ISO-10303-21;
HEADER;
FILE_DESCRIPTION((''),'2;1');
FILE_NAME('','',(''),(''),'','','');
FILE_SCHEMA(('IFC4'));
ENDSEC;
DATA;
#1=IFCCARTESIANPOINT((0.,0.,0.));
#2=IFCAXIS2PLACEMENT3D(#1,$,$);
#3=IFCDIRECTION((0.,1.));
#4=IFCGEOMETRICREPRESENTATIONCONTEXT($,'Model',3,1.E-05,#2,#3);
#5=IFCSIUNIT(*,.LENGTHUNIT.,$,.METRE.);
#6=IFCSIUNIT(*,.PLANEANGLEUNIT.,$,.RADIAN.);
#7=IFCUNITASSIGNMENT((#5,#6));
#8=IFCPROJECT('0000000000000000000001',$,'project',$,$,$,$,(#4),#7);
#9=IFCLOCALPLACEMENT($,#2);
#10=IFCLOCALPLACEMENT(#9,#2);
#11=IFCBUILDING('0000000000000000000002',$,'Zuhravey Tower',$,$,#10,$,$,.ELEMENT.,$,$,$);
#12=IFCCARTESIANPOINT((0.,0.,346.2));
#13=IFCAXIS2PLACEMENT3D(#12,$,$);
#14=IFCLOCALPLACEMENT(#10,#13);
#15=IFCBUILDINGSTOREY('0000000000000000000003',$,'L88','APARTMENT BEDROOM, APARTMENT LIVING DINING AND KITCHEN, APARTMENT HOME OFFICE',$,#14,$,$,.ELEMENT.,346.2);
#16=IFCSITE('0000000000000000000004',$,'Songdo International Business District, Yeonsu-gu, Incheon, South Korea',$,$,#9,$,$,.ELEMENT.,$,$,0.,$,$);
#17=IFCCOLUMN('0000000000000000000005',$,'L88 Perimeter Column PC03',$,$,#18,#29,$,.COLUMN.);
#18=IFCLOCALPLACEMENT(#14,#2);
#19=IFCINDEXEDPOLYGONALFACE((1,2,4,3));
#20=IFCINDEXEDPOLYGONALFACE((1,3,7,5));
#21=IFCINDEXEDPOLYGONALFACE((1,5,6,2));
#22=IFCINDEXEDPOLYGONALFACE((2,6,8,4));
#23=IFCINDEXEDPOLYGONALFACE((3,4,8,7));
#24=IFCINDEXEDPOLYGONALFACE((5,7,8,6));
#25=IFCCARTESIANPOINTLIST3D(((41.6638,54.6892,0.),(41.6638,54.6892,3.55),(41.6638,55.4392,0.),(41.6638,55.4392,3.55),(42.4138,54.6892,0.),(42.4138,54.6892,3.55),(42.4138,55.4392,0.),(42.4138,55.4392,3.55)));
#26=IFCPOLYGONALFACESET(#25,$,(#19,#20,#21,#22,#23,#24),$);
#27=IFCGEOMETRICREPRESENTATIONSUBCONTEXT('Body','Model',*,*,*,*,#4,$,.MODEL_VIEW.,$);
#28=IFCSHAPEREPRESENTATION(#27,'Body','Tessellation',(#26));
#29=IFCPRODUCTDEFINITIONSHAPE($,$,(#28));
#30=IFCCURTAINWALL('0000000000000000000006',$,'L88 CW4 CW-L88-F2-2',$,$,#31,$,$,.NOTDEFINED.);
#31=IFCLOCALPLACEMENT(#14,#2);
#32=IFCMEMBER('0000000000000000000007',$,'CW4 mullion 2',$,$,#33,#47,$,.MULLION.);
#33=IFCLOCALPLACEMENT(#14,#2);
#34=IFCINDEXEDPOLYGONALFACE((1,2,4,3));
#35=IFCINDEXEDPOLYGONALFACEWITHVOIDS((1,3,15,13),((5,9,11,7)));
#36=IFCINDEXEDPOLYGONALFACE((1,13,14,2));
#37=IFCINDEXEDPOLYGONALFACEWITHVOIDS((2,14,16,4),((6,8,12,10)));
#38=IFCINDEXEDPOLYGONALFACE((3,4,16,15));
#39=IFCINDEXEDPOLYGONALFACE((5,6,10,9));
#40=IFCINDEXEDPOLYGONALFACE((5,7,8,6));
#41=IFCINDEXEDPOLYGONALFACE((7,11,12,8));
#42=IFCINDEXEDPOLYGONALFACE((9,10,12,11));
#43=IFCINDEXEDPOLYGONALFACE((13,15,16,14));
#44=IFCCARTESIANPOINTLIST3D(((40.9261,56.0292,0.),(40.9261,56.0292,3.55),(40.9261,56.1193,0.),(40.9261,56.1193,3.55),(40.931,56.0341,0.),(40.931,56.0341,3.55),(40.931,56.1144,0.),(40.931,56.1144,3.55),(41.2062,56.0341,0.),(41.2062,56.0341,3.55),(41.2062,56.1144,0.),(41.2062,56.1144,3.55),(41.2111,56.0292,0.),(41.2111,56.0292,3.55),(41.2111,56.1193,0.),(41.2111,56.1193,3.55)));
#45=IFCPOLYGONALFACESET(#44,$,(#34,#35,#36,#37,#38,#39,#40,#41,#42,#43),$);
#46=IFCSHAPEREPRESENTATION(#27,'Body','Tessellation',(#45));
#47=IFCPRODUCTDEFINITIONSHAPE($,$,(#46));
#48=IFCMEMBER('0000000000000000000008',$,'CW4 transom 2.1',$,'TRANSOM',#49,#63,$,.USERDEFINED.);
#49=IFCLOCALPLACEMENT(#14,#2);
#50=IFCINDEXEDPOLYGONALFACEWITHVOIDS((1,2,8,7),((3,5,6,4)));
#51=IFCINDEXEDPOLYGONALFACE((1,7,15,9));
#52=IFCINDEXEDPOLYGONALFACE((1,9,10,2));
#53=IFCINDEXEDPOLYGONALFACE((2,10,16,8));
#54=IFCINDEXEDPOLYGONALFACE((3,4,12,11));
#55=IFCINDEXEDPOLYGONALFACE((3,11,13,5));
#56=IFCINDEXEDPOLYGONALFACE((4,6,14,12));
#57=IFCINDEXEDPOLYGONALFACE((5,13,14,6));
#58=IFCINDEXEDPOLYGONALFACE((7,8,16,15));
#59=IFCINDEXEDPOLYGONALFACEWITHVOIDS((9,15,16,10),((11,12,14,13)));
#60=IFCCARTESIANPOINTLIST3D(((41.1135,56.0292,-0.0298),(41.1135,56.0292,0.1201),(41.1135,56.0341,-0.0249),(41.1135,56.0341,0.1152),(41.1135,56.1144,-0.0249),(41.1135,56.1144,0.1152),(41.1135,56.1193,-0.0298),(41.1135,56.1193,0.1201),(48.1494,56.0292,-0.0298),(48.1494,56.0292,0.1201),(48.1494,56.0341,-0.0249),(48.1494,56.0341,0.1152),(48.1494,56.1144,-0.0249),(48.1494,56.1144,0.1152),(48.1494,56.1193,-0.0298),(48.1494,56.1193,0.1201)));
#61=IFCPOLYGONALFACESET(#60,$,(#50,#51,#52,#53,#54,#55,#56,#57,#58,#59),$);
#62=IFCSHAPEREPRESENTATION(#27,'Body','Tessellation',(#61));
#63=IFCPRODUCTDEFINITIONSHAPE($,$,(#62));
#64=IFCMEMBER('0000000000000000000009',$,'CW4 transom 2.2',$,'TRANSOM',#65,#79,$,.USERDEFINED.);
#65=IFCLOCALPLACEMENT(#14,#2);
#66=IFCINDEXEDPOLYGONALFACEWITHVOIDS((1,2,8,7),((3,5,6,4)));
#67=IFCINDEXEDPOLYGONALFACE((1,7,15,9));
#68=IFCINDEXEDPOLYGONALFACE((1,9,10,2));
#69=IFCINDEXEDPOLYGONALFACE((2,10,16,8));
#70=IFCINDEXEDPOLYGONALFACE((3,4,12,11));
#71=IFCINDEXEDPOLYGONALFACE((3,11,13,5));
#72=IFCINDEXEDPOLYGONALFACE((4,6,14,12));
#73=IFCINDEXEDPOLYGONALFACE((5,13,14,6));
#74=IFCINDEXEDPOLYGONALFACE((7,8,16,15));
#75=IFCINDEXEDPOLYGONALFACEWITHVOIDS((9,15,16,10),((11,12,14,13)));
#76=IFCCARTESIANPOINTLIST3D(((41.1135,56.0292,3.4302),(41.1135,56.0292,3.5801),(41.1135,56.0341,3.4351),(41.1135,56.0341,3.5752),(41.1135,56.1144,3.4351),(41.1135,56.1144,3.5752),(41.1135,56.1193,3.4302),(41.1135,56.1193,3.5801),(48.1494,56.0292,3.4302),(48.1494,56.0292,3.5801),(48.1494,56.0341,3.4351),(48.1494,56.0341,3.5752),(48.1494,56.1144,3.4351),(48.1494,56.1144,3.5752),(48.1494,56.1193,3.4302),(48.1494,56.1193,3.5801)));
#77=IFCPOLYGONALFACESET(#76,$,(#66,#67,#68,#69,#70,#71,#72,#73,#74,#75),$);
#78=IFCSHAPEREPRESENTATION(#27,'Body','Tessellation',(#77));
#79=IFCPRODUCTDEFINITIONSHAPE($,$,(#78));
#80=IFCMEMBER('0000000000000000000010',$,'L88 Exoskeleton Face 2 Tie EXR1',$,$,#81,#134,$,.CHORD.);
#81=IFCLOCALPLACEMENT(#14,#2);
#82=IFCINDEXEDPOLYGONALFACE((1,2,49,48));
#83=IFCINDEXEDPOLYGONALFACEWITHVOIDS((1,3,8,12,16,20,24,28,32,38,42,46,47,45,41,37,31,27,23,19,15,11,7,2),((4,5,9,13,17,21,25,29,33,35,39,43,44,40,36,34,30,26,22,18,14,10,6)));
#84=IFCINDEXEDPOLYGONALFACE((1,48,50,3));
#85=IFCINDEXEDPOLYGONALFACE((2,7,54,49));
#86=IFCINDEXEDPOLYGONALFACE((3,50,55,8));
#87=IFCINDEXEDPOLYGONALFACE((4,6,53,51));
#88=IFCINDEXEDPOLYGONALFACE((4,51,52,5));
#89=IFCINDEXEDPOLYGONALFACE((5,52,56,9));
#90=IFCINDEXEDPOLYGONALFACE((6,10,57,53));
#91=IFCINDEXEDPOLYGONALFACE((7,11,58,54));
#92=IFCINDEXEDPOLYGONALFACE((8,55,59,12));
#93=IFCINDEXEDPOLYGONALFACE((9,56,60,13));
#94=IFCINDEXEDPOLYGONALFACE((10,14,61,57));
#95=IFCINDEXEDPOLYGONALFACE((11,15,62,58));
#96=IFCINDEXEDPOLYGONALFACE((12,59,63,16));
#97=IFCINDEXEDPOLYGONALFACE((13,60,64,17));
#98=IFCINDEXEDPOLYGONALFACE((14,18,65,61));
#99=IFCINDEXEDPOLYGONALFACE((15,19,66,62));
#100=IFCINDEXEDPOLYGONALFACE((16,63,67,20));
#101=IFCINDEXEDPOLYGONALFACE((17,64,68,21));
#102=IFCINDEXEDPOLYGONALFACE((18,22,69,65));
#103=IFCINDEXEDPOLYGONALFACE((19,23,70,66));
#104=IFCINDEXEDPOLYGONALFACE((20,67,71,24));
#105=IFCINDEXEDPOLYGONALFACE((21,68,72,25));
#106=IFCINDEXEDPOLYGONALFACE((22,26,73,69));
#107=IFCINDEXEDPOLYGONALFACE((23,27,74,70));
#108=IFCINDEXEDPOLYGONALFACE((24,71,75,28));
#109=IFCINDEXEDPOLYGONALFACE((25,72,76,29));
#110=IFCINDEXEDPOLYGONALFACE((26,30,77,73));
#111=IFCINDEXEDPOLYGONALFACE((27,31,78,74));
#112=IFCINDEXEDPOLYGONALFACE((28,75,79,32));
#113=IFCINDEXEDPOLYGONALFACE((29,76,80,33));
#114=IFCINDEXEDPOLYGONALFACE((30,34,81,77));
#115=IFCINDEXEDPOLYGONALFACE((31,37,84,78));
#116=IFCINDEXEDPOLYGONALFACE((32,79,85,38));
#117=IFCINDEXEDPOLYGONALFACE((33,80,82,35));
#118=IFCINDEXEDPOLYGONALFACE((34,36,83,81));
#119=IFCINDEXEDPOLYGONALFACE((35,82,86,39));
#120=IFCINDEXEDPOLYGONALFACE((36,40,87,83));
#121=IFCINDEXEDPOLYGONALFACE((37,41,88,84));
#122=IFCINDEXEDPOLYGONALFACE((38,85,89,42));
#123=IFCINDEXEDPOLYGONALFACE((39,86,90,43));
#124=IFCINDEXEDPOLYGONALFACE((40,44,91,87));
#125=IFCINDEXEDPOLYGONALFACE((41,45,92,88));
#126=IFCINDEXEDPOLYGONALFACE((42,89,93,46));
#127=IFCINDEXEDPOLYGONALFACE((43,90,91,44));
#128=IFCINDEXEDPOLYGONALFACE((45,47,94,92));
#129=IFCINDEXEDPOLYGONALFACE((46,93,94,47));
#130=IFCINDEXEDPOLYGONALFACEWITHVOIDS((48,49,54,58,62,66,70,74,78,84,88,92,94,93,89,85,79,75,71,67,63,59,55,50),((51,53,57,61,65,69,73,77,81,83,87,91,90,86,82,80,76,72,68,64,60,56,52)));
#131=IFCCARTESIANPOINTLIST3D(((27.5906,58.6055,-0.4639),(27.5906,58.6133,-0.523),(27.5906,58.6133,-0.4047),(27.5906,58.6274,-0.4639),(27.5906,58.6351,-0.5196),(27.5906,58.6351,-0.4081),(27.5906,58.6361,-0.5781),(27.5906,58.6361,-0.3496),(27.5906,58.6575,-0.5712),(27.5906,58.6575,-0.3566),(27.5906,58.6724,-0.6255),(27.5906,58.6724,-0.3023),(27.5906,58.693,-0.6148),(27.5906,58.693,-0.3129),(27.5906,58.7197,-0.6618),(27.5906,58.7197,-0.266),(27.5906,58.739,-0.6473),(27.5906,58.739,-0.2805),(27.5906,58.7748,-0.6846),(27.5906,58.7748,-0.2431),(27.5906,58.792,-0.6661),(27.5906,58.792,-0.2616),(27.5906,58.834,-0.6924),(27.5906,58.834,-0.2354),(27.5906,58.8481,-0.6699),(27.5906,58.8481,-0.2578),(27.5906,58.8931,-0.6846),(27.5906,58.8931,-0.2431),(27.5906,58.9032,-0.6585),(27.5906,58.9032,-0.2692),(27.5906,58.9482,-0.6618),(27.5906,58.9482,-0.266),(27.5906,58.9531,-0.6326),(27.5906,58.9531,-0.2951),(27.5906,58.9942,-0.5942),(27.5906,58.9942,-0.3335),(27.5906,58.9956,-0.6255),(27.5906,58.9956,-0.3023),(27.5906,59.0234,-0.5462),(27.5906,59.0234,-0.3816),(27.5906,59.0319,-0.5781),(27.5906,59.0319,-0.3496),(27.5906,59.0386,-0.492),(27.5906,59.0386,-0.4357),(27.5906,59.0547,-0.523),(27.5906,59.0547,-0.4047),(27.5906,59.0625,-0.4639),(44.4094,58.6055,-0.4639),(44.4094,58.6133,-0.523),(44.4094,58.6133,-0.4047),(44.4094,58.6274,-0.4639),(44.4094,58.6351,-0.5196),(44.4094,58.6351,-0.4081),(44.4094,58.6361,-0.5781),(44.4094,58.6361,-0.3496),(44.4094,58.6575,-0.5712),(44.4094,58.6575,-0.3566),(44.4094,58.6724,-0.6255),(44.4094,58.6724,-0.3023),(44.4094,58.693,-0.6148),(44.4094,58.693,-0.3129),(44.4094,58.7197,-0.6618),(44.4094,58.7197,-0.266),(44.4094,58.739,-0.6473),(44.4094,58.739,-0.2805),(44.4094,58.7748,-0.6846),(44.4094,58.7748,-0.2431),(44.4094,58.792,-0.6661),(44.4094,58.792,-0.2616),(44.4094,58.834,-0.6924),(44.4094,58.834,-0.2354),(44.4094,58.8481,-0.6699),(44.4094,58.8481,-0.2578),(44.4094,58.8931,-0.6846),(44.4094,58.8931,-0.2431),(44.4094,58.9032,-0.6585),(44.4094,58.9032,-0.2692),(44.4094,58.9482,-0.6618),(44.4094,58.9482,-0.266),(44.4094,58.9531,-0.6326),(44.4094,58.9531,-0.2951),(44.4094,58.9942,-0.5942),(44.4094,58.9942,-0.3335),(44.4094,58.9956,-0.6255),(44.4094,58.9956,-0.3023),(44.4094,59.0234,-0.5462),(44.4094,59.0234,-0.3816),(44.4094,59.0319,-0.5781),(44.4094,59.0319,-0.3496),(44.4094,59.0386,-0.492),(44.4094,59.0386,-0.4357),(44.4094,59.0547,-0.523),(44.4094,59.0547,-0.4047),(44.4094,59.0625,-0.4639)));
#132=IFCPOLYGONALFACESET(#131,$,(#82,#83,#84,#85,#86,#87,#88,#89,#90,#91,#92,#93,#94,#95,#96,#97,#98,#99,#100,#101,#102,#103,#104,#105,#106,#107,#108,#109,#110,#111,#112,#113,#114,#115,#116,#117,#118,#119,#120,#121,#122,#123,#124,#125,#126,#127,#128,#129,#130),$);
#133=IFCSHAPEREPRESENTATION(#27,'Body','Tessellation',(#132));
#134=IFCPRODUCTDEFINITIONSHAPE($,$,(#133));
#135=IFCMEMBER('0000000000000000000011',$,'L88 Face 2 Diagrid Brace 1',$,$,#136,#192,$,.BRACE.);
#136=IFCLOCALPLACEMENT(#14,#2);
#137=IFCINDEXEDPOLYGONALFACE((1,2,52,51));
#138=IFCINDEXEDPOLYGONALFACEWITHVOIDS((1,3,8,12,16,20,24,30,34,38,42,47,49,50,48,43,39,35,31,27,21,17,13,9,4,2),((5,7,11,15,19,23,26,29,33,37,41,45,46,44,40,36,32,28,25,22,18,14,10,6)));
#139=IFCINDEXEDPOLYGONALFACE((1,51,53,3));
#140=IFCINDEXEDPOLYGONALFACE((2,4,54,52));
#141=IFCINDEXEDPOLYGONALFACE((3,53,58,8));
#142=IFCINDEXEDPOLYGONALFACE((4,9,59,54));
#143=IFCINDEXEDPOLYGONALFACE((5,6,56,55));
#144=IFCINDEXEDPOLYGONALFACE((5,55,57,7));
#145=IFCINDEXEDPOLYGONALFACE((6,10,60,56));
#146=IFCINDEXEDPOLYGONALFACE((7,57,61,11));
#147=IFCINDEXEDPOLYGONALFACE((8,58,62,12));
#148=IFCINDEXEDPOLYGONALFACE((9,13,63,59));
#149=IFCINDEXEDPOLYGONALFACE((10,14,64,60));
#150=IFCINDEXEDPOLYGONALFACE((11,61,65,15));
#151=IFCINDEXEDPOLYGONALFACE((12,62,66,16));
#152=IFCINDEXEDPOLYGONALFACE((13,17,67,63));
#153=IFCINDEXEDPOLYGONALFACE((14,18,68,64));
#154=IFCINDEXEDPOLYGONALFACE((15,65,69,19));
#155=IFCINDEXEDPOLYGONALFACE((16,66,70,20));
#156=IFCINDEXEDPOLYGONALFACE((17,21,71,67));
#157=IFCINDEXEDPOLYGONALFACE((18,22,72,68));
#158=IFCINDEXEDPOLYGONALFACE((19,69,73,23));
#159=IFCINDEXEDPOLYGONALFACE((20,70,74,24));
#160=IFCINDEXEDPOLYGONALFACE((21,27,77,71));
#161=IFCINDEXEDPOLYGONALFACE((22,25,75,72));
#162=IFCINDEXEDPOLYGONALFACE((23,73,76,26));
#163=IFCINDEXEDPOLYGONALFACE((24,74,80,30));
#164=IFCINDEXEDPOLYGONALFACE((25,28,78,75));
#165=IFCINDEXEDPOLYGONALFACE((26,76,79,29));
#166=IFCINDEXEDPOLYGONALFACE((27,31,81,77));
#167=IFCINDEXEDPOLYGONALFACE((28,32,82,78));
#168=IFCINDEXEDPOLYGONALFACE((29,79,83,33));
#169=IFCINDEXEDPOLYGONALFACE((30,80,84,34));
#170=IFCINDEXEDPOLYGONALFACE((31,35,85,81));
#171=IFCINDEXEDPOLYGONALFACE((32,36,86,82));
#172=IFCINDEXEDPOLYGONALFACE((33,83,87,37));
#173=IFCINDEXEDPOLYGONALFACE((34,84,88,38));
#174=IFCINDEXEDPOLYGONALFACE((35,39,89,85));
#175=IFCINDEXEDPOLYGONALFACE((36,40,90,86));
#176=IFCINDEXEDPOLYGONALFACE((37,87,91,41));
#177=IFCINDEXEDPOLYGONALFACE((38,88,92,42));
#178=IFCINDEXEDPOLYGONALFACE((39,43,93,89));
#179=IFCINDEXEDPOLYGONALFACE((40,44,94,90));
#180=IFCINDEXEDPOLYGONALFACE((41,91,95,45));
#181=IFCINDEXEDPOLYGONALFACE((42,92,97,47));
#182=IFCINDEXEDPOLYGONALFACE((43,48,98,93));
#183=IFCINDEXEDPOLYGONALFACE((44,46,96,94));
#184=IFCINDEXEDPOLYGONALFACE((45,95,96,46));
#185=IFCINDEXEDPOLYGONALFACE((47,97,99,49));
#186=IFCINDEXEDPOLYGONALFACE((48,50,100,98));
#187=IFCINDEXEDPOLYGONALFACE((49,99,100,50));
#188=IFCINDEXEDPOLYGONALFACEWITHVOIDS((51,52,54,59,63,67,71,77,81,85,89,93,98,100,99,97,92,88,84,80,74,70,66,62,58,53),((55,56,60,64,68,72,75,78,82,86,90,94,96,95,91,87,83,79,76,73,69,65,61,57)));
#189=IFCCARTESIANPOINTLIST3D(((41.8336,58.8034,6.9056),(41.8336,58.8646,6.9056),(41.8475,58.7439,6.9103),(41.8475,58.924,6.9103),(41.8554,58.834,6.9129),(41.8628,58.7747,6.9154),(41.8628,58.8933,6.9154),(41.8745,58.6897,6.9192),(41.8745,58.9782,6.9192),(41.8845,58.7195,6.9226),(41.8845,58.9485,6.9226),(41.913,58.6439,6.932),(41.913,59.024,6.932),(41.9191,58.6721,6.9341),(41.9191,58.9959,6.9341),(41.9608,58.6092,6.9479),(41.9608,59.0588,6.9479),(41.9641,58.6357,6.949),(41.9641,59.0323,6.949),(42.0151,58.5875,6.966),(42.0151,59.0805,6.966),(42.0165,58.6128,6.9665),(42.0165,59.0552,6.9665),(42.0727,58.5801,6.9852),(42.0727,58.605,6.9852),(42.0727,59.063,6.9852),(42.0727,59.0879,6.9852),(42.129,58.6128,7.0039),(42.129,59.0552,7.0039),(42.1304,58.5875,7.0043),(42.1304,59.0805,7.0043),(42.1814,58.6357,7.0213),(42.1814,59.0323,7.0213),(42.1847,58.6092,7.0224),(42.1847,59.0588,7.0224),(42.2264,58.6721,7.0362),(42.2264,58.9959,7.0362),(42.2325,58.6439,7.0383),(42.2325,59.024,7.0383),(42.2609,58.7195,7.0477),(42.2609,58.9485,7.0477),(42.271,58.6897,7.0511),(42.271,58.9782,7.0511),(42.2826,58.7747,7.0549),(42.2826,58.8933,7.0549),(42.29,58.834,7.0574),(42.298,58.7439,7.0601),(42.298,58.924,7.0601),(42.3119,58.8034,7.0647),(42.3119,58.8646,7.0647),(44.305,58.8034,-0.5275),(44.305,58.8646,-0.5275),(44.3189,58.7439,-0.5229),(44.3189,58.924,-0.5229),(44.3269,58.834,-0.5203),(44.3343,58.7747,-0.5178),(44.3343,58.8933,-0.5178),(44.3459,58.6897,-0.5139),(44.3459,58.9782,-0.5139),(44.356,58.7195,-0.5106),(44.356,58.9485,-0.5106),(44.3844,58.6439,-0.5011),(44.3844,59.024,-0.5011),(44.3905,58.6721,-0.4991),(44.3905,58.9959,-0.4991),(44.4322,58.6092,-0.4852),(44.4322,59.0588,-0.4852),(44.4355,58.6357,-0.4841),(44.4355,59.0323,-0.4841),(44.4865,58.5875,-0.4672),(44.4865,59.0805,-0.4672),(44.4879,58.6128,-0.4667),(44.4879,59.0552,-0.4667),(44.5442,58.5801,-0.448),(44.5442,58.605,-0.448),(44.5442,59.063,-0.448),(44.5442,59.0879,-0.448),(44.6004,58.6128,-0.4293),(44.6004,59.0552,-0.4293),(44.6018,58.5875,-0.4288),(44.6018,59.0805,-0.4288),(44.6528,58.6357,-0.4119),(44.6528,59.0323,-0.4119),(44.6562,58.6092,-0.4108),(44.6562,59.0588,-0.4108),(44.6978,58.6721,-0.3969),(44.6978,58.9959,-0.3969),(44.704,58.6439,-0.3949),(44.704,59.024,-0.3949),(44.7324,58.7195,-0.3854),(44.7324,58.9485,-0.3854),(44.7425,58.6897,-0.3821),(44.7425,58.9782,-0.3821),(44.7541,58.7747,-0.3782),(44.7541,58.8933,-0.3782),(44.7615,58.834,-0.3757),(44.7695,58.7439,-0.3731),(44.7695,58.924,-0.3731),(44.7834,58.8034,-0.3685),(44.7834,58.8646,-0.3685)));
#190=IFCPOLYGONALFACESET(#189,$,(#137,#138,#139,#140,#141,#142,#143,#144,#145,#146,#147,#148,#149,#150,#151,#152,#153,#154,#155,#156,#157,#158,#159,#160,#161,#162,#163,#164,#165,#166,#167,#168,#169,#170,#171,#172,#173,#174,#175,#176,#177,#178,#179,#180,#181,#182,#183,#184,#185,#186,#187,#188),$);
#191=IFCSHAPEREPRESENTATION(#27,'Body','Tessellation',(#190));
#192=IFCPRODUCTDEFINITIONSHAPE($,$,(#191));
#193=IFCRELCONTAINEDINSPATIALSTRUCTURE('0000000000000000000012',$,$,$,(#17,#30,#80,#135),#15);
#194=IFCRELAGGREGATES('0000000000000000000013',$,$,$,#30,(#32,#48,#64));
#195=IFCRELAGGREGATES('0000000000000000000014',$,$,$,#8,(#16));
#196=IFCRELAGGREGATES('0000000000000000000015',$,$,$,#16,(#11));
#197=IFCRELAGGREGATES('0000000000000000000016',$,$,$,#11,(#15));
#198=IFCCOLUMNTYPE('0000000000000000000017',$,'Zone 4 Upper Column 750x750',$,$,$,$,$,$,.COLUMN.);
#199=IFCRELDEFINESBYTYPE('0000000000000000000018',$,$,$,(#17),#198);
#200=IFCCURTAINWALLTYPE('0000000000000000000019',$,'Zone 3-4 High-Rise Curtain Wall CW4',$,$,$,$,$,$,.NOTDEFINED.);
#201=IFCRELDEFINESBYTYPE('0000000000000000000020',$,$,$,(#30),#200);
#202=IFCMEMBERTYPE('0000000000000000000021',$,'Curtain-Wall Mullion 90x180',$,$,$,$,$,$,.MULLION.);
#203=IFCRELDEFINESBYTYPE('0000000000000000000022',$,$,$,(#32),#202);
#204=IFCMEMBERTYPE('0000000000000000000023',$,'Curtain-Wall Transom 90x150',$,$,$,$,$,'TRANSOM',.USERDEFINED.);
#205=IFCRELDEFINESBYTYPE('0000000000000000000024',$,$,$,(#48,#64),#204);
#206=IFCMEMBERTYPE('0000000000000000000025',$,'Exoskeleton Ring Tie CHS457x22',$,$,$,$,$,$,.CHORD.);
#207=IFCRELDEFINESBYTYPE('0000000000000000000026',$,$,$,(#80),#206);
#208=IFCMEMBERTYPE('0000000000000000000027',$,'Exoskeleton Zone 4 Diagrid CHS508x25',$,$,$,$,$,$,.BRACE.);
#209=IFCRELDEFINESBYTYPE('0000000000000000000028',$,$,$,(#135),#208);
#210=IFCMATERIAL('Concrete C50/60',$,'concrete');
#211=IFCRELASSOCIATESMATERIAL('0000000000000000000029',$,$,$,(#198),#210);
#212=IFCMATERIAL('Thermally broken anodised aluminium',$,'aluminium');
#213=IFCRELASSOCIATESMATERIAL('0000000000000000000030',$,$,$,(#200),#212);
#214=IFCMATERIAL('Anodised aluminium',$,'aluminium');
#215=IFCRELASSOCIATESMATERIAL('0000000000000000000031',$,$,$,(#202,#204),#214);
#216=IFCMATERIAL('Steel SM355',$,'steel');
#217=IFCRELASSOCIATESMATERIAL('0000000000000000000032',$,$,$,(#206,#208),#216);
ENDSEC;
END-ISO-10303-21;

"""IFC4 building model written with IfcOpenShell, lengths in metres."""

from ifc_helpers import new_model, si_unit, direction, frame, origin, origin_2d, place, context, subcontext, project, spatial, rectangle, hollow_rectangle, hollow_circle, extrude, material, material_profile, profile_set, type_object, element, aggregate, save


model = new_model("IFC4")

# Units and contexts
model_context = context("Model", 3, precision=1e-05, world=origin(), true_north=direction((0.0, 1.0)))
body_context = subcontext(model_context, "Body", "Model", "MODEL_VIEW")
ifc_project = project(units=[si_unit("LENGTHUNIT", "METRE"), si_unit("PLANEANGLEUNIT", "RADIAN")], contexts=[model_context])

# Site, building, storey
site_placement = place(None, origin())
site = spatial("IfcSite", under=ifc_project, at=site_placement, Name="Songdo International Business District, Yeonsu-gu, Incheon, South Korea", CompositionType="ELEMENT", RefElevation=0.0)
building_placement = place(site_placement, origin())
building = spatial("IfcBuilding", under=site, at=building_placement, Name="Zuhravey Tower", CompositionType="ELEMENT")
storey_placement = place(building_placement, frame((0.0, 0.0, 346.2)))
storey = spatial("IfcBuildingStorey", under=building, at=storey_placement, Name="L88", Description="APARTMENT BEDROOM, APARTMENT LIVING DINING AND KITCHEN, APARTMENT HOME OFFICE", CompositionType="ELEMENT", Elevation=346.2)

# Column
ifc_material_1 = material(Name="Concrete C50/60", Category="concrete")
ifc_material_profile_1 = material_profile(ifc_material_1, rectangle(XDim=0.75, YDim=0.75, at=origin_2d()), Name="RC-750x750")
ifc_profile_set_1 = profile_set([ifc_material_profile_1], Name="Concrete C50/60")
column_type = type_object("IfcColumnType", Name="Zone 4 Upper Column 750x750", PredefinedType="COLUMN", material=ifc_profile_set_1)
column_placement = place(storey_placement, frame((42.0388, 55.0642, 0.0), z_axis=(0.0, 0.0, 1.0), x_axis=(-1.0, 0.0, 0.0)))
element("IfcColumn", 1, at=column_placement, inside=storey, type_object=column_type, Name="L88 Perimeter Column PC03", PredefinedType="COLUMN", context=body_context, shape_type="SweptSolid", body=[
    extrude(rectangle(XDim=0.75, YDim=0.75, at=origin_2d()), origin(), (0.0, 0.0, 1.0), 3.55),
])

# Curtain wall, members
ifc_material_2 = material(Name="Thermally broken anodised aluminium", Category="aluminium")
curtain_wall_type = type_object("IfcCurtainWallType", Name="Zone 3-4 High-Rise Curtain Wall CW4", PredefinedType="NOTDEFINED", material=ifc_material_2)
curtain_wall_placement = place(storey_placement, origin())
curtain_wall = element("IfcCurtainWall", 2, at=curtain_wall_placement, inside=storey, type_object=curtain_wall_type, Name="L88 CW4 CW-L88-F2-2", PredefinedType="NOTDEFINED")
ifc_material_3 = material(Name="Anodised aluminium", Category="aluminium")
ifc_material_profile_2 = material_profile(ifc_material_3, hollow_rectangle(XDim=0.0901, YDim=0.2849, WallThickness=0.0049, at=origin_2d()), Name="ALU-RHS-90x285x5")
ifc_profile_set_2 = profile_set([ifc_material_profile_2], Name="Anodised aluminium")
member_type_1 = type_object("IfcMemberType", Name="Curtain-Wall Mullion 90x180", PredefinedType="MULLION", material=ifc_profile_set_2)
member_1_placement = place(storey_placement, frame((41.0686, 56.0742, 0.0), z_axis=(0.0, 0.0, 1.0), x_axis=(0.0, 1.0, 0.0)))
member_1 = element("IfcMember", 3, at=member_1_placement, type_object=member_type_1, Name="CW4 mullion 2", PredefinedType="MULLION", context=body_context, shape_type="SweptSolid", body=[
    extrude(hollow_rectangle(XDim=0.0901, YDim=0.2849, WallThickness=0.0049, at=origin_2d()), origin(), (0.0, 0.0, 1.0), 3.55),
])
ifc_material_profile_3 = material_profile(ifc_material_3, hollow_rectangle(XDim=0.0901, YDim=0.1499, WallThickness=0.0049, at=origin_2d()), Name="ALU-RHS-90x150x5")
ifc_profile_set_3 = profile_set([ifc_material_profile_3], Name="Anodised aluminium")
member_type_2 = type_object("IfcMemberType", Name="Curtain-Wall Transom 90x150", ElementType="TRANSOM", PredefinedType="USERDEFINED", material=ifc_profile_set_3)
member_2_placement = place(storey_placement, frame((41.1135, 56.0742, 0.0452), z_axis=(1.0, 0.0, 0.0), x_axis=(0.0, 1.0, 0.0)))
member_2 = element("IfcMember", 4, at=member_2_placement, type_object=member_type_2, Name="CW4 transom 2.1", ObjectType="TRANSOM", PredefinedType="USERDEFINED", context=body_context, shape_type="SweptSolid", body=[
    extrude(hollow_rectangle(XDim=0.0901, YDim=0.1499, WallThickness=0.0049, at=origin_2d()), origin(), (0.0, 0.0, 1.0), 7.0359),
])
member_3_placement = place(storey_placement, frame((41.1135, 56.0742, 3.5051), z_axis=(1.0, 0.0, 0.0), x_axis=(0.0, 1.0, 0.0)))
member_3 = element("IfcMember", 5, at=member_3_placement, type_object=member_type_2, Name="CW4 transom 2.2", ObjectType="TRANSOM", PredefinedType="USERDEFINED", context=body_context, shape_type="SweptSolid", body=[
    extrude(hollow_rectangle(XDim=0.0901, YDim=0.1499, WallThickness=0.0049, at=origin_2d()), origin(), (0.0, 0.0, 1.0), 7.0359),
])

# Members
ifc_material_4 = material(Name="Steel SM355", Category="steel")
ifc_material_profile_4 = material_profile(ifc_material_4, hollow_circle(Radius=0.2285, WallThickness=0.022, at=origin_2d()), Name="CHS-457.2x22")
ifc_profile_set_4 = profile_set([ifc_material_profile_4], Name="Steel SM355")
member_type_3 = type_object("IfcMemberType", Name="Exoskeleton Ring Tie CHS457x22", PredefinedType="CHORD", material=ifc_profile_set_4)
member_4_placement = place(storey_placement, frame((44.4094, 58.834, -0.4639), z_axis=(-1.0, 0.0, 0.0), x_axis=(0.0, -1.0, 0.0)))
element("IfcMember", 6, at=member_4_placement, inside=storey, type_object=member_type_3, Name="L88 Exoskeleton Face 2 Tie EXR1", PredefinedType="CHORD", context=body_context, shape_type="SweptSolid", body=[
    extrude(hollow_circle(Radius=0.2285, WallThickness=0.022, at=origin_2d()), origin(), (0.0, 0.0, 1.0), 16.8188),
])
ifc_material_profile_5 = material_profile(ifc_material_4, hollow_circle(Radius=0.2539, WallThickness=0.0249, at=origin_2d()), Name="CHS-508.0x25")
ifc_profile_set_5 = profile_set([ifc_material_profile_5], Name="Steel SM355")
member_type_4 = type_object("IfcMemberType", Name="Exoskeleton Zone 4 Diagrid CHS508x25", PredefinedType="BRACE", material=ifc_profile_set_5)
member_5_placement = place(storey_placement, frame((44.5442, 58.834, -0.448), z_axis=(-0.315508, 0.0, 0.948923), x_axis=(0.0, -1.0, 0.0)))
element("IfcMember", 7, at=member_5_placement, inside=storey, type_object=member_type_4, Name="L88 Face 2 Diagrid Brace 1", PredefinedType="BRACE", context=body_context, shape_type="SweptSolid", body=[
    extrude(hollow_circle(Radius=0.2539, WallThickness=0.0249, at=origin_2d()), origin(), (0.0, 0.0, 1.0), 7.8333),
])

aggregate(curtain_wall, [member_1, member_2, member_3])

save(model, "model.ifc")
